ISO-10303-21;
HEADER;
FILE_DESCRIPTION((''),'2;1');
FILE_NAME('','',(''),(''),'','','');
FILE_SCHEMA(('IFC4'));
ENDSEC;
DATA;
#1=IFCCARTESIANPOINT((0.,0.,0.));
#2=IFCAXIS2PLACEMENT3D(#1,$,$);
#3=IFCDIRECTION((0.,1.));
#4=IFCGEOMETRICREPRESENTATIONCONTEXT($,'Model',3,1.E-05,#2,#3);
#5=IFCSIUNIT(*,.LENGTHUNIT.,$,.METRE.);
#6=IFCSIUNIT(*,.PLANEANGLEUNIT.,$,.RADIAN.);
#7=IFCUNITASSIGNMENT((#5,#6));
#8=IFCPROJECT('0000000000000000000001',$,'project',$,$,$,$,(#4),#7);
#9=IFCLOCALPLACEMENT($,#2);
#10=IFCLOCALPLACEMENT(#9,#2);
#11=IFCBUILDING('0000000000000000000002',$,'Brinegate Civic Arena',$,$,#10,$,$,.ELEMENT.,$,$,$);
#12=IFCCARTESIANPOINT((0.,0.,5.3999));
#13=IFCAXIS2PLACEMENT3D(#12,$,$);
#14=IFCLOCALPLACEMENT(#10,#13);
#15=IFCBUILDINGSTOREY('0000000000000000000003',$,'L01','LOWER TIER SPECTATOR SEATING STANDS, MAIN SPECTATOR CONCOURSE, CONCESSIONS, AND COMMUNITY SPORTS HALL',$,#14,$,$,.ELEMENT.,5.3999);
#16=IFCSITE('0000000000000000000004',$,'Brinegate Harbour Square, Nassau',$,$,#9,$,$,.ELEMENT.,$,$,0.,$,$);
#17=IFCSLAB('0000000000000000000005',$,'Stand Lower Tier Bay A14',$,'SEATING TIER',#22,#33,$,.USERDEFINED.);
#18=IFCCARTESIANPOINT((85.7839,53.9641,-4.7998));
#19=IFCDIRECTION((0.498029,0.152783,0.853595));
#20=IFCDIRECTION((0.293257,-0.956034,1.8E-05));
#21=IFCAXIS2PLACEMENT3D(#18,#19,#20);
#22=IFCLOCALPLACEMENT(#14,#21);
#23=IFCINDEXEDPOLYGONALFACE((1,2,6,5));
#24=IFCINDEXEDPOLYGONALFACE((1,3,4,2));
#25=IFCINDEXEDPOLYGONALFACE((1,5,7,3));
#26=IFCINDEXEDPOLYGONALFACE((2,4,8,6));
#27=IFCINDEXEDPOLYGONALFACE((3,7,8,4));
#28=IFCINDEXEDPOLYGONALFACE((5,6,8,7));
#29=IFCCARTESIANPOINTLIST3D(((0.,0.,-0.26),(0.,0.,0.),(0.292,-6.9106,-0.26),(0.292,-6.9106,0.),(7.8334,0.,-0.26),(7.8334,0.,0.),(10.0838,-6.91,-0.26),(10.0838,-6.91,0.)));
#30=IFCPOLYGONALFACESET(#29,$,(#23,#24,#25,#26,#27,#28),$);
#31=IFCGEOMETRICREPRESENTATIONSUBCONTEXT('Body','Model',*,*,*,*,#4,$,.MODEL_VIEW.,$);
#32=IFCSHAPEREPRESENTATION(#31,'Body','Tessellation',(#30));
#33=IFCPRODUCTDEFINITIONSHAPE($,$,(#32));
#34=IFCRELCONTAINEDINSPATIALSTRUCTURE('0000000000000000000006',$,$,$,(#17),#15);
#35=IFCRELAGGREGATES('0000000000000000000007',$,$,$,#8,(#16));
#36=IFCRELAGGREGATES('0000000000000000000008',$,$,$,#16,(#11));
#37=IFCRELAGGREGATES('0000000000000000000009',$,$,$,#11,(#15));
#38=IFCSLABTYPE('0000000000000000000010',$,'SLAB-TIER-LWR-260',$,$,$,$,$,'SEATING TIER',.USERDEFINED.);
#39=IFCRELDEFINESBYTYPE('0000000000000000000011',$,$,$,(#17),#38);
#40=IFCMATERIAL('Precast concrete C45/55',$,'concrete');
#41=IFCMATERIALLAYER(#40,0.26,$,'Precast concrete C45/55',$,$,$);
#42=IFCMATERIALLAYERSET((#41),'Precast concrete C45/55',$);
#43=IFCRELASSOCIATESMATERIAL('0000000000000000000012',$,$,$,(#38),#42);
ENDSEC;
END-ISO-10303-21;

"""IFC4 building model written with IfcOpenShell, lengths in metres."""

from ifc_helpers import new_model, si_unit, direction, frame, origin, place, context, subcontext, project, spatial, polyline, outline, extrude, material, layer, layer_set, type_object, element, save


model = new_model("IFC4")

# Units and contexts
model_context = context("Model", 3, precision=1e-05, world=origin(), true_north=direction((0.0, 1.0)))
body_context = subcontext(model_context, "Body", "Model", "MODEL_VIEW")
ifc_project = project(units=[si_unit("LENGTHUNIT", "METRE"), si_unit("PLANEANGLEUNIT", "RADIAN")], contexts=[model_context])

# Site, building, storey
site_placement = place(None, origin())
site = spatial("IfcSite", under=ifc_project, at=site_placement, Name="Brinegate Harbour Square, Nassau", CompositionType="ELEMENT", RefElevation=0.0)
building_placement = place(site_placement, origin())
building = spatial("IfcBuilding", under=site, at=building_placement, Name="Brinegate Civic Arena", CompositionType="ELEMENT")
storey_placement = place(building_placement, frame((0.0, 0.0, 5.3999)))
storey = spatial("IfcBuildingStorey", under=building, at=storey_placement, Name="L01", Description="LOWER TIER SPECTATOR SEATING STANDS, MAIN SPECTATOR CONCOURSE, CONCESSIONS, AND COMMUNITY SPORTS HALL", CompositionType="ELEMENT", Elevation=5.3999)

# Slab
ifc_material_1 = material(Name="Precast concrete C45/55", Category="concrete")
ifc_layer = layer(ifc_material_1, 0.26, Name="Precast concrete C45/55")
ifc_layer_set = layer_set([ifc_layer], Name="Precast concrete C45/55")
slab_type = type_object("IfcSlabType", Name="SLAB-TIER-LWR-260", ElementType="SEATING TIER", PredefinedType="USERDEFINED", material=ifc_layer_set)
slab_1_placement = place(storey_placement, frame((85.7839, 53.9641, -4.7998), z_axis=(0.498029, 0.152783, 0.853595), x_axis=(0.293257, -0.956034, 0.000018)))
element("IfcSlab", 1, at=slab_1_placement, inside=storey, type_object=slab_type, Name="Stand Lower Tier Bay A14", ObjectType="SEATING TIER", PredefinedType="USERDEFINED", context=body_context, shape_type="SweptSolid", body=[
    extrude(outline(polyline([(0.0, 0.0), (7.8334, 0.0), (10.0838, -6.91), (0.292, -6.9106), (0.0, 0.0)])), origin(), (0.0, 0.0, -1.0), 0.26),
])

save(model, "model.ifc")
